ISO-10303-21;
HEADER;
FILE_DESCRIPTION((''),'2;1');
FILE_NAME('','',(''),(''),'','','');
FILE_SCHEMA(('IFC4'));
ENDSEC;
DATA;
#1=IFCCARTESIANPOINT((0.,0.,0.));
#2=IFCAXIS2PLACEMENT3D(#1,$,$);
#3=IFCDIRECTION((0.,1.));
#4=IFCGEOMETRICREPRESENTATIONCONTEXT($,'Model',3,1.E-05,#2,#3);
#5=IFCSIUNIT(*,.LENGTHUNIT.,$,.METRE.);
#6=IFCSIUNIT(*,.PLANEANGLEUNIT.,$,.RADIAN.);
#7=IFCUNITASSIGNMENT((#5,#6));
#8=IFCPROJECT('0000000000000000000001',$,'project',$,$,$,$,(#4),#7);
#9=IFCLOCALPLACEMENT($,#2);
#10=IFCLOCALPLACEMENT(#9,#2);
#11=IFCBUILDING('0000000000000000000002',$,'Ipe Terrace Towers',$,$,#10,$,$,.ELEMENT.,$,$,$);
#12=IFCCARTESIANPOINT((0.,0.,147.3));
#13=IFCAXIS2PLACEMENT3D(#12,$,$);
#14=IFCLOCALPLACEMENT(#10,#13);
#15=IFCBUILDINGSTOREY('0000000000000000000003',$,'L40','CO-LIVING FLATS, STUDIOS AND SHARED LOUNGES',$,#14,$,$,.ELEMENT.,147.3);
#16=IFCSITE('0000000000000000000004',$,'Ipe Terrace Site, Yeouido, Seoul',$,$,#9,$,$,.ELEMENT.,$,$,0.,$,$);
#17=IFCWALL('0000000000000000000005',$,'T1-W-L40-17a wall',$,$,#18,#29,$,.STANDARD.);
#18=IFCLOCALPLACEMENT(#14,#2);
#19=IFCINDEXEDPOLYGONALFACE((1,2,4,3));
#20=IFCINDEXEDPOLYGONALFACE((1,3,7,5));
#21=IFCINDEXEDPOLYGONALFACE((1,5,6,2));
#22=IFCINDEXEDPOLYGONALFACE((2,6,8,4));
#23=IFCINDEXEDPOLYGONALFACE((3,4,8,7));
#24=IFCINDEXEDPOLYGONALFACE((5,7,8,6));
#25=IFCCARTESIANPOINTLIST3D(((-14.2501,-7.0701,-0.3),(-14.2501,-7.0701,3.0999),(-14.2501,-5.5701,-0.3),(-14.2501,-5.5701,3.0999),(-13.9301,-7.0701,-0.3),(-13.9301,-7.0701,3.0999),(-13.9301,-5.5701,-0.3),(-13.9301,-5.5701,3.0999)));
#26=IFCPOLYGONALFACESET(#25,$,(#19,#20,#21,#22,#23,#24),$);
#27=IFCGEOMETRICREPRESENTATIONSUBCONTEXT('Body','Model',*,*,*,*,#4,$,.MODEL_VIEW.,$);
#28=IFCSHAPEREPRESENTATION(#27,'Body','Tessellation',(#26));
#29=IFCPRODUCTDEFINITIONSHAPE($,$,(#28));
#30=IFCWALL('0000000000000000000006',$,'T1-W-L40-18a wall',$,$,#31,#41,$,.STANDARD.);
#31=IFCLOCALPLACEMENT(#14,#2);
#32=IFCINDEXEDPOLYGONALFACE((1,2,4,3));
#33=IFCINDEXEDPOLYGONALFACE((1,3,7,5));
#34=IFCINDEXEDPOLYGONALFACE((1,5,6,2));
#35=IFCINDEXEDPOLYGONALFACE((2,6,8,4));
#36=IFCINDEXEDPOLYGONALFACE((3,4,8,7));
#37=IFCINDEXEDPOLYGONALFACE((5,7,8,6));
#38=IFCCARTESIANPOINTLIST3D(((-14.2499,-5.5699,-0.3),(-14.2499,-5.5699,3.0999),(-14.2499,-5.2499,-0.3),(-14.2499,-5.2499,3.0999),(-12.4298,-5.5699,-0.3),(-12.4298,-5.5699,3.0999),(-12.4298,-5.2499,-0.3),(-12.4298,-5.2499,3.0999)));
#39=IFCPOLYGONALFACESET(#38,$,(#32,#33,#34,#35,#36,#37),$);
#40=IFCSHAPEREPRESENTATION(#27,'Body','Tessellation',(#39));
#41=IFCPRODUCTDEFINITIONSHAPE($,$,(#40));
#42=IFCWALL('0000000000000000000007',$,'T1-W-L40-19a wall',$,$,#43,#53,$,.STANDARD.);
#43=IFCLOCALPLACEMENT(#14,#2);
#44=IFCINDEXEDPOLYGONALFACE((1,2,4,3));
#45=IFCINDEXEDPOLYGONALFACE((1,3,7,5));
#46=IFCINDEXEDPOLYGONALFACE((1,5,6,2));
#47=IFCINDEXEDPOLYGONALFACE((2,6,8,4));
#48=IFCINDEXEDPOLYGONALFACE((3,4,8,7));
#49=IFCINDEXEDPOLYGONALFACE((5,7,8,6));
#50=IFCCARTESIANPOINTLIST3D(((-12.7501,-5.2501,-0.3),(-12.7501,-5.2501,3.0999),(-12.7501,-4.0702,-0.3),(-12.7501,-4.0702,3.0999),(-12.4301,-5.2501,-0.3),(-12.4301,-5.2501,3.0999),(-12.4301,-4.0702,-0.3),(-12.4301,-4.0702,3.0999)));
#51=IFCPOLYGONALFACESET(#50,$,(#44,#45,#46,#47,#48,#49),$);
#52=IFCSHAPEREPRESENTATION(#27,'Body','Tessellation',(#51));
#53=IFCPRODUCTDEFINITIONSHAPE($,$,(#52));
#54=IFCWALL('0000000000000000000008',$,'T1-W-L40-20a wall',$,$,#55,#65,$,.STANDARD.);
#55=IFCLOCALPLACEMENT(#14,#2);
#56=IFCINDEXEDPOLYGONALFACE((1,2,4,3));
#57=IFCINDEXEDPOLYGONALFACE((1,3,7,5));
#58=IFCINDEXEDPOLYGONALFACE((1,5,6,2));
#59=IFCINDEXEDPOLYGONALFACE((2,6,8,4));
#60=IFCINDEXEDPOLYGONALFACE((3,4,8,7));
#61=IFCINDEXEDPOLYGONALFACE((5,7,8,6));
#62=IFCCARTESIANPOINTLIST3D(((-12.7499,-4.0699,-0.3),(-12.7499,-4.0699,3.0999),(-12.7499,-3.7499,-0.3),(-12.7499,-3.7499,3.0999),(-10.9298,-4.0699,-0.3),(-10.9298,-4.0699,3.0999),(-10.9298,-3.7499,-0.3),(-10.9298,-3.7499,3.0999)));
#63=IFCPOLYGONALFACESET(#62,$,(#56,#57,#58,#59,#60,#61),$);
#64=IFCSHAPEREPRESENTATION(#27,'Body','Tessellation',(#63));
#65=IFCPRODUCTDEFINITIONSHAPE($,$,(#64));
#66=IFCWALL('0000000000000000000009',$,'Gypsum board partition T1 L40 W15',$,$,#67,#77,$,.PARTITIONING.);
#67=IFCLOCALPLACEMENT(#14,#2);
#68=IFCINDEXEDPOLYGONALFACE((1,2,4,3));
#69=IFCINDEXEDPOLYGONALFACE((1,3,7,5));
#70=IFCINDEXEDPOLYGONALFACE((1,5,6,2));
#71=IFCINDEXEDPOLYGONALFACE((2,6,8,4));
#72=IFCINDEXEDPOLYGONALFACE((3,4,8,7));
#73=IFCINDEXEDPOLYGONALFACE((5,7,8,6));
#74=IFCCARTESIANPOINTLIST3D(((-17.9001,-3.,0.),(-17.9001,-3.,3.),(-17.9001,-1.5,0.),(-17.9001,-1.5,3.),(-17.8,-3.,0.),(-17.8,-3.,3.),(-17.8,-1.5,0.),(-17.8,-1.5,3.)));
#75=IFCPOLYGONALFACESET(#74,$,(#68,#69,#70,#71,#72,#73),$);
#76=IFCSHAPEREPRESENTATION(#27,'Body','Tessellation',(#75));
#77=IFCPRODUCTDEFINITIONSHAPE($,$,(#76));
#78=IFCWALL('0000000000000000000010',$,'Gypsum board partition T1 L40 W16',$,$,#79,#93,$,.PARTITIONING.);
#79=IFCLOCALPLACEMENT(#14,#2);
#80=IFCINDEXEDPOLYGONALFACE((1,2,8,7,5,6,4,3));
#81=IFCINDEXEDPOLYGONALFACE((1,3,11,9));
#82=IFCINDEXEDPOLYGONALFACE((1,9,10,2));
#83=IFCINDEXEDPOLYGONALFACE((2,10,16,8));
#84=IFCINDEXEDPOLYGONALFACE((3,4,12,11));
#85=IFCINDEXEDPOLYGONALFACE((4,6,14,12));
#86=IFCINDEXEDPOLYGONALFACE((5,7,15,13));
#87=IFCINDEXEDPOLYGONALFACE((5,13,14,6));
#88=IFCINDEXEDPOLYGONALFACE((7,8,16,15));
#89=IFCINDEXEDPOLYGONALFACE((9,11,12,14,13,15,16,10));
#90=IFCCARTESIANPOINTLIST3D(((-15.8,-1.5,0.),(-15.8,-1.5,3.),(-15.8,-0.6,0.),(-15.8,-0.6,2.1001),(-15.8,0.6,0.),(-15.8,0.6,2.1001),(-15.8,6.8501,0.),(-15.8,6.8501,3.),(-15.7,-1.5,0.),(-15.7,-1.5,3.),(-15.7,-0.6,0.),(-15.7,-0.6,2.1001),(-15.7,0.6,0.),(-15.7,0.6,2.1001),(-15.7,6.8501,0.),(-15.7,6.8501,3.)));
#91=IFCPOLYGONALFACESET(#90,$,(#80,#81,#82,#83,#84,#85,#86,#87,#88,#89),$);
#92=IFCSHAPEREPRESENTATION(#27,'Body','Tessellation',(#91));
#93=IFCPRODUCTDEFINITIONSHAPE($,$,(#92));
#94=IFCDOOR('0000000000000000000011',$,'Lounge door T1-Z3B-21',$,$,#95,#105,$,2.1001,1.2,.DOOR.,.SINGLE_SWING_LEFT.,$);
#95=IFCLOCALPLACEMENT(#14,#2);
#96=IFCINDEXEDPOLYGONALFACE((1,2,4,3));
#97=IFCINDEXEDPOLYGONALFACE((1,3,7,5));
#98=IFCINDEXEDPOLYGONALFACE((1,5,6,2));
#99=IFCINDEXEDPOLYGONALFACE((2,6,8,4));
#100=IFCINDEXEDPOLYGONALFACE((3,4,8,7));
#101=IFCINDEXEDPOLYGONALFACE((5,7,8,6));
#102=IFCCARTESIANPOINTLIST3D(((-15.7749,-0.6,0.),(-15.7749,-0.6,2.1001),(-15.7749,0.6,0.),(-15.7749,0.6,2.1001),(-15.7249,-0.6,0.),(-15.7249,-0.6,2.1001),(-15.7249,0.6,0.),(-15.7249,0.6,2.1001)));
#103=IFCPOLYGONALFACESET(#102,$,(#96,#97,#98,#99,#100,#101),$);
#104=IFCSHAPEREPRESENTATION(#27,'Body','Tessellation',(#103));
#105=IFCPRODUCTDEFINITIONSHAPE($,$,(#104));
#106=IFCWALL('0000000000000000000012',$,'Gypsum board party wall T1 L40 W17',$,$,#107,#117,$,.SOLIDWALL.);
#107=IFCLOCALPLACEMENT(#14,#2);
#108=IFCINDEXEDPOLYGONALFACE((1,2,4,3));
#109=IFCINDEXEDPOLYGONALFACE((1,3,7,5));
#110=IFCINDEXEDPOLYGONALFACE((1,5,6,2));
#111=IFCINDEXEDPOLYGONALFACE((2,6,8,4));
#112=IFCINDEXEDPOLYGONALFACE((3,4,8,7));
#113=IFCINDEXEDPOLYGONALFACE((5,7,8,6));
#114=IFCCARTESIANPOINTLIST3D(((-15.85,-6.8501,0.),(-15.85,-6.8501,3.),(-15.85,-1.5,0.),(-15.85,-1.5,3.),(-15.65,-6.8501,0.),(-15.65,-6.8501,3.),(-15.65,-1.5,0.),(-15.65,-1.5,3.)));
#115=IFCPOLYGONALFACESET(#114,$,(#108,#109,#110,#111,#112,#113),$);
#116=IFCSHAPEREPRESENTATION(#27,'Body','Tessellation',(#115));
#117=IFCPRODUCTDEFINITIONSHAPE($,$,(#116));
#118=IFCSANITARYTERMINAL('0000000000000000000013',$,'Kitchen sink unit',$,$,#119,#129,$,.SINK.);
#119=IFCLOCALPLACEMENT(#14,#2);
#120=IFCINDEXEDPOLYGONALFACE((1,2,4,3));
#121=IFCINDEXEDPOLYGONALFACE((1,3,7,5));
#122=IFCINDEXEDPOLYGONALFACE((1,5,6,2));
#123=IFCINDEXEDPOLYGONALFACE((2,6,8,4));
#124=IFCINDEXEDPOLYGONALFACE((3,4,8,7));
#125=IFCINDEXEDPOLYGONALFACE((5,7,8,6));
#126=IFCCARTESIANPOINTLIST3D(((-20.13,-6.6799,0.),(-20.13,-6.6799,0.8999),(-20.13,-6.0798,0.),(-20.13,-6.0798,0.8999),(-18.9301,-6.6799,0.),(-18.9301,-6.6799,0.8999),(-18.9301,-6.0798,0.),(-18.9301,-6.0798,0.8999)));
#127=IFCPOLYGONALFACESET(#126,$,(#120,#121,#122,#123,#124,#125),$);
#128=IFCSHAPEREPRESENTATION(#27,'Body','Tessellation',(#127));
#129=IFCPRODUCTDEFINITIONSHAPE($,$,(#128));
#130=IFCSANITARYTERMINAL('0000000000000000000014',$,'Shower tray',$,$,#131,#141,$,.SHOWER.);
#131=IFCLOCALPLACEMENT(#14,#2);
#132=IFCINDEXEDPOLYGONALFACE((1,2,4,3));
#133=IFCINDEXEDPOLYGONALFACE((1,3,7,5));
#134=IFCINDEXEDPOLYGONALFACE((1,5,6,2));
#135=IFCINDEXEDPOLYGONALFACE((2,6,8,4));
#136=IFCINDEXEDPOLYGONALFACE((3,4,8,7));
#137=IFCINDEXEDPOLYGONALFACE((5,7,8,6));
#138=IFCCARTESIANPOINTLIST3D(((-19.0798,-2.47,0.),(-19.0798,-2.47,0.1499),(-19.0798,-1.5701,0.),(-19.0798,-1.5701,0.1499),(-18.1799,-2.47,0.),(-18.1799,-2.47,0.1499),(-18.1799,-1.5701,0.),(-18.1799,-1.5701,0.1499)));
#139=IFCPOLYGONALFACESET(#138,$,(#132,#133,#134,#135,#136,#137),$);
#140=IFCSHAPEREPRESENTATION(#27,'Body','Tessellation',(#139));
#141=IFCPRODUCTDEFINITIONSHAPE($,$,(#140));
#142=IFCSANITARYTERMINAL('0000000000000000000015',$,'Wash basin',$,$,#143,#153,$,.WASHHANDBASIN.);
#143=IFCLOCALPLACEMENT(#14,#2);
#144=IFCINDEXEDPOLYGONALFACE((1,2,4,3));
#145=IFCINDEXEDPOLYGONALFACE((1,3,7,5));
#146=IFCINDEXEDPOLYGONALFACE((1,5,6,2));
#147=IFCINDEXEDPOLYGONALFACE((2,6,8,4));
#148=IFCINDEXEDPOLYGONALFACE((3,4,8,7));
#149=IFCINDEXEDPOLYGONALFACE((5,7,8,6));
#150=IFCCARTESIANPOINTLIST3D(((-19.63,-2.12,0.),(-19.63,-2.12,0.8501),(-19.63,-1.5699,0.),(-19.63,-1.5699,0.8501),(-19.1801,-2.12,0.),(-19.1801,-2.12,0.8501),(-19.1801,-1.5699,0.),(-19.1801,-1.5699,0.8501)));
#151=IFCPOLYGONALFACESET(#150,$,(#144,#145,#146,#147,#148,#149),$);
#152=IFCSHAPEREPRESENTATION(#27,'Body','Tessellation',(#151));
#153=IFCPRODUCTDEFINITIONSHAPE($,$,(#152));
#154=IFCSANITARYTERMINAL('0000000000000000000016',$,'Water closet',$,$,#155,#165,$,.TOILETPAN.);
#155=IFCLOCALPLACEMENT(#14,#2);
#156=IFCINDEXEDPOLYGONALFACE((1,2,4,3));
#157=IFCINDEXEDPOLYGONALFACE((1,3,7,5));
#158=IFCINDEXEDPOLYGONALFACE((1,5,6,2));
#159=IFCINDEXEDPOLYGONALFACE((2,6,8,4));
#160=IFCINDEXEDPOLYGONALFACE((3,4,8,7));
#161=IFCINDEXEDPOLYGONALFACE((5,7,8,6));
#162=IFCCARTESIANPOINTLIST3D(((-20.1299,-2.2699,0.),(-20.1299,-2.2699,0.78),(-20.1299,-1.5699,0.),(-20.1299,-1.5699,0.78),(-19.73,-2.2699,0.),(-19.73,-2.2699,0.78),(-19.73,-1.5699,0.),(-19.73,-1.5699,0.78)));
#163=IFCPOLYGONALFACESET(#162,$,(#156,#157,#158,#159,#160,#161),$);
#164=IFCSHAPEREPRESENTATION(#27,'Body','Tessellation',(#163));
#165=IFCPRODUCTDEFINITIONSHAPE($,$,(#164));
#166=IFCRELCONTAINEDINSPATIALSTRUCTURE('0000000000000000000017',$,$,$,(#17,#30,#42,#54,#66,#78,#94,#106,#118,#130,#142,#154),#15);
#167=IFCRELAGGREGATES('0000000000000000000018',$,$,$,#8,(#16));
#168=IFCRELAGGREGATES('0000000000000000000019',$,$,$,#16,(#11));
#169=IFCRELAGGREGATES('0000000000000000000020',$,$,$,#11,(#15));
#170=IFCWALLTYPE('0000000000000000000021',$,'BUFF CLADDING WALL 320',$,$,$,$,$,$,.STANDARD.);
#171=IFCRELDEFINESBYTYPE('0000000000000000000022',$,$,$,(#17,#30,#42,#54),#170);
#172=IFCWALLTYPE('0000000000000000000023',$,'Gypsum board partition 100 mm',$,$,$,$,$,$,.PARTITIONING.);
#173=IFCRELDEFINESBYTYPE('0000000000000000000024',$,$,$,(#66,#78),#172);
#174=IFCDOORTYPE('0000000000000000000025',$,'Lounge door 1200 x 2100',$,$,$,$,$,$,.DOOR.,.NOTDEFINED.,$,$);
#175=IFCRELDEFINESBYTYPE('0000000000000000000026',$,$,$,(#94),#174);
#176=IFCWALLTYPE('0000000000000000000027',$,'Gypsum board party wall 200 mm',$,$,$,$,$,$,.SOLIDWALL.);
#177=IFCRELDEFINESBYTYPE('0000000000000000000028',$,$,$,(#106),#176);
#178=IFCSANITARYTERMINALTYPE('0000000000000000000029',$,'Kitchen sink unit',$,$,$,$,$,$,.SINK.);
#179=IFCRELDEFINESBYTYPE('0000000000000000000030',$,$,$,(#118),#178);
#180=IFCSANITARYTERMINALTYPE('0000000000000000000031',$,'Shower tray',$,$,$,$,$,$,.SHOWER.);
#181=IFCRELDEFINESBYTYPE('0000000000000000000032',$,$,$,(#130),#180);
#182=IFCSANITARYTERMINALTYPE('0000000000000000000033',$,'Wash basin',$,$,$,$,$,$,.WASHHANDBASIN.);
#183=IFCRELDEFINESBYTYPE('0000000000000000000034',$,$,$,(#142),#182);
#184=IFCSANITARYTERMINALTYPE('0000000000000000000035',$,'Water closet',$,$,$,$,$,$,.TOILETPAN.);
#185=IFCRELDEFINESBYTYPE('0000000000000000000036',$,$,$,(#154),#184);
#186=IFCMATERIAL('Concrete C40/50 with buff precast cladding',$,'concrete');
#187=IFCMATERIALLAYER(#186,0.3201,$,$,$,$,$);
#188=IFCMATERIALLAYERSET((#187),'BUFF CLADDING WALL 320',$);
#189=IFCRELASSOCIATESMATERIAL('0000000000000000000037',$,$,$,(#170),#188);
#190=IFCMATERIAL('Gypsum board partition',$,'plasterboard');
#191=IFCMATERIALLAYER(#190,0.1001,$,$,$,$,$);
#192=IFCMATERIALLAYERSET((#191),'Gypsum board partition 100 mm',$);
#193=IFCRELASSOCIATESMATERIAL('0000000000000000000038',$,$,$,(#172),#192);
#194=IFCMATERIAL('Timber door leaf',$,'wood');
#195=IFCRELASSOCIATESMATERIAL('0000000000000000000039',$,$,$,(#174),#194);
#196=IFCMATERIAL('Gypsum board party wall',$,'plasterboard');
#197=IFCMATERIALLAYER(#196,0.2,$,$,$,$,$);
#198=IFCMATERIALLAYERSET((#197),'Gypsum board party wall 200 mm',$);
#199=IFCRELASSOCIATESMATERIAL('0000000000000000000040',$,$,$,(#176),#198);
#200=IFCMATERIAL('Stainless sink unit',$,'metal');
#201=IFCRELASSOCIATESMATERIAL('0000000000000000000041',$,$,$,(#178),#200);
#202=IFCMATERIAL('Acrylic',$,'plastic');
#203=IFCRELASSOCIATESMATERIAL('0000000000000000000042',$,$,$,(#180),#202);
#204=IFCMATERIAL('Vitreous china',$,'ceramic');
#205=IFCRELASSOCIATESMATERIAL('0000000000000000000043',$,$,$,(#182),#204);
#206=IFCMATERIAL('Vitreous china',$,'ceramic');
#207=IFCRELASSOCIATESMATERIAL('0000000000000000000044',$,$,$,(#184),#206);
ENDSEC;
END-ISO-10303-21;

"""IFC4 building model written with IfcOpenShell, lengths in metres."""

from ifc_helpers import new_model, si_unit, direction, frame, frame_2d, origin, origin_2d, place, context, subcontext, project, spatial, rectangle, extrude, material, layer, layer_set, type_object, element, fill, save


model = new_model("IFC4")

# Units and contexts
model_context = context("Model", 3, precision=1e-05, world=origin(), true_north=direction((0.0, 1.0)))
body_context = subcontext(model_context, "Body", "Model", "MODEL_VIEW")
ifc_project = project(units=[si_unit("LENGTHUNIT", "METRE"), si_unit("PLANEANGLEUNIT", "RADIAN")], contexts=[model_context])

# Site, building, storey
site_placement = place(None, origin())
site = spatial("IfcSite", under=ifc_project, at=site_placement, Name="Ipe Terrace Site, Yeouido, Seoul", CompositionType="ELEMENT", RefElevation=0.0)
building_placement = place(site_placement, origin())
building = spatial("IfcBuilding", under=site, at=building_placement, Name="Ipe Terrace Towers", CompositionType="ELEMENT")
storey_placement = place(building_placement, frame((0.0, 0.0, 147.3)))
storey = spatial("IfcBuildingStorey", under=building, at=storey_placement, Name="L40", Description="CO-LIVING FLATS, STUDIOS AND SHARED LOUNGES", CompositionType="ELEMENT", Elevation=147.3)

# Walls
ifc_material_1 = material(Name="Concrete C40/50 with buff precast cladding", Category="concrete")
ifc_layer_1 = layer(ifc_material_1, 0.3201)
ifc_layer_set_1 = layer_set([ifc_layer_1], Name="BUFF CLADDING WALL 320")
wall_type_1 = type_object("IfcWallType", Name="BUFF CLADDING WALL 320", PredefinedType="STANDARD", material=ifc_layer_set_1)
wall_1_placement = place(storey_placement, frame((-14.0901, -7.0701, -0.3), z_axis=(0.0, 0.0, 1.0), x_axis=(0.0, 1.0, 0.0)))
element("IfcWall", 1, at=wall_1_placement, inside=storey, type_object=wall_type_1, Name="T1-W-L40-17a wall", PredefinedType="STANDARD", context=body_context, shape_type="SweptSolid", body=[
    extrude(rectangle(XDim=1.5, YDim=0.3201, at=frame_2d((0.75, 0.0))), origin(), (0.0, 0.0, 1.0), 3.3999),
])
wall_2_placement = place(storey_placement, frame((-14.25, -5.4099, -0.3), z_axis=(0.0, 0.0, 1.0), x_axis=(1.0, 0.0, 0.0)))
element("IfcWall", 2, at=wall_2_placement, inside=storey, type_object=wall_type_1, Name="T1-W-L40-18a wall", PredefinedType="STANDARD", context=body_context, shape_type="SweptSolid", body=[
    extrude(rectangle(XDim=1.8201, YDim=0.3201, at=frame_2d((0.9102, 0.0))), origin(), (0.0, 0.0, 1.0), 3.3999),
])
wall_3_placement = place(storey_placement, frame((-12.5901, -5.25, -0.3), z_axis=(0.0, 0.0, 1.0), x_axis=(0.0, 1.0, 0.0)))
element("IfcWall", 3, at=wall_3_placement, inside=storey, type_object=wall_type_1, Name="T1-W-L40-19a wall", PredefinedType="STANDARD", context=body_context, shape_type="SweptSolid", body=[
    extrude(rectangle(XDim=1.1799, YDim=0.3201, at=frame_2d((0.5898, 0.0))), origin(), (0.0, 0.0, 1.0), 3.3999),
])
wall_4_placement = place(storey_placement, frame((-12.75, -3.9099, -0.3), z_axis=(0.0, 0.0, 1.0), x_axis=(1.0, 0.0, 0.0)))
element("IfcWall", 4, at=wall_4_placement, inside=storey, type_object=wall_type_1, Name="T1-W-L40-20a wall", PredefinedType="STANDARD", context=body_context, shape_type="SweptSolid", body=[
    extrude(rectangle(XDim=1.8201, YDim=0.3201, at=frame_2d((0.9102, 0.0))), origin(), (0.0, 0.0, 1.0), 3.3999),
])
ifc_material_2 = material(Name="Gypsum board partition", Category="plasterboard")
ifc_layer_2 = layer(ifc_material_2, 0.1001)
ifc_layer_set_2 = layer_set([ifc_layer_2], Name="Gypsum board partition 100 mm")
wall_type_2 = type_object("IfcWallType", Name="Gypsum board partition 100 mm", PredefinedType="PARTITIONING", material=ifc_layer_set_2)
wall_5_placement = place(storey_placement, frame((-17.8501, -3.0, 0.0), z_axis=(0.0, 0.0, 1.0), x_axis=(0.0, 1.0, 0.0)))
element("IfcWall", 5, at=wall_5_placement, inside=storey, type_object=wall_type_2, Name="Gypsum board partition T1 L40 W15", PredefinedType="PARTITIONING", context=body_context, shape_type="SweptSolid", body=[
    extrude(rectangle(XDim=1.5, YDim=0.1001, at=frame_2d((0.75, 0.0))), origin(), (0.0, 0.0, 1.0), 3.0),
])

# Wall, opening, door
wall_6_placement = place(storey_placement, frame((-15.75, -1.5, 0.0), z_axis=(0.0, 0.0, 1.0), x_axis=(0.0, 1.0, 0.0)))
wall_6 = element("IfcWall", 6, at=wall_6_placement, inside=storey, type_object=wall_type_2, Name="Gypsum board partition T1 L40 W16", PredefinedType="PARTITIONING", context=body_context, shape_type="SweptSolid", body=[
    extrude(rectangle(XDim=8.3501, YDim=0.1001, at=frame_2d((4.175, 0.0))), origin(), (0.0, 0.0, 1.0), 3.0),
])
opening_placement = place(wall_6_placement, frame((0.8999, 0.0, 0.0)))
opening = element("IfcOpeningElement", 7, at=opening_placement, cuts=wall_6, PredefinedType="OPENING", context=body_context, shape_type="SweptSolid", body=[
    extrude(rectangle(XDim=1.2, YDim=2.1001, at=frame_2d((0.6001, 1.05))), frame((0.0, 0.0601, 0.0), z_axis=(0.0, -1.0, 0.0), x_axis=(1.0, 0.0, 0.0)), (0.0, 0.0, 1.0), 0.1201),
])
ifc_material_3 = material(Name="Timber door leaf", Category="wood")
door_type = type_object("IfcDoorType", Name="Lounge door 1200 x 2100", OperationType="NOTDEFINED", PredefinedType="DOOR", material=ifc_material_3)
door_placement = place(opening_placement, origin())
door = element("IfcDoor", 8, at=door_placement, inside=storey, type_object=door_type, Name="Lounge door T1-Z3B-21", OperationType="SINGLE_SWING_LEFT", OverallHeight=2.1001, OverallWidth=1.2, PredefinedType="DOOR", context=body_context, shape_type="SweptSolid", body=[
    extrude(rectangle(XDim=1.2, YDim=2.1001, at=frame_2d((0.6001, 1.05))), frame((0.0, 0.0249, 0.0), z_axis=(0.0, -1.0, 0.0), x_axis=(1.0, 0.0, 0.0)), (0.0, 0.0, 1.0), 0.05),
])
fill(opening, door)

# Wall
ifc_material_4 = material(Name="Gypsum board party wall", Category="plasterboard")
ifc_layer_3 = layer(ifc_material_4, 0.2)
ifc_layer_set_3 = layer_set([ifc_layer_3], Name="Gypsum board party wall 200 mm")
wall_type_3 = type_object("IfcWallType", Name="Gypsum board party wall 200 mm", PredefinedType="SOLIDWALL", material=ifc_layer_set_3)
wall_7_placement = place(storey_placement, frame((-15.75, -6.8501, 0.0), z_axis=(0.0, 0.0, 1.0), x_axis=(0.0, 1.0, 0.0)))
element("IfcWall", 9, at=wall_7_placement, inside=storey, type_object=wall_type_3, Name="Gypsum board party wall T1 L40 W17", PredefinedType="SOLIDWALL", context=body_context, shape_type="SweptSolid", body=[
    extrude(rectangle(XDim=5.3501, YDim=0.2, at=frame_2d((2.675, 0.0))), origin(), (0.0, 0.0, 1.0), 3.0),
])

# Sanitary terminals
ifc_material_5 = material(Name="Stainless sink unit", Category="metal")
sanitary_terminal_type_1 = type_object("IfcSanitaryTerminalType", Name="Kitchen sink unit", PredefinedType="SINK", material=ifc_material_5)
sanitary_terminal_1_placement = place(storey_placement, frame((-19.53, -6.3799, 0.0), z_axis=(0.0, 0.0, 1.0), x_axis=(-1.0, 0.0, 0.0)))
element("IfcSanitaryTerminal", 10, at=sanitary_terminal_1_placement, inside=storey, type_object=sanitary_terminal_type_1, Name="Kitchen sink unit", PredefinedType="SINK", context=body_context, shape_type="SweptSolid", body=[
    extrude(rectangle(XDim=1.2, YDim=0.6001, at=origin_2d()), origin(), (0.0, 0.0, 1.0), 0.8999),
])
ifc_material_6 = material(Name="Acrylic", Category="plastic")
sanitary_terminal_type_2 = type_object("IfcSanitaryTerminalType", Name="Shower tray", PredefinedType="SHOWER", material=ifc_material_6)
sanitary_terminal_2_placement = place(storey_placement, frame((-18.6299, -2.02, 0.0), z_axis=(0.0, 0.0, 1.0), x_axis=(0.0, -1.0, 0.0)))
element("IfcSanitaryTerminal", 11, at=sanitary_terminal_2_placement, inside=storey, type_object=sanitary_terminal_type_2, Name="Shower tray", PredefinedType="SHOWER", context=body_context, shape_type="SweptSolid", body=[
    extrude(rectangle(XDim=0.8999, YDim=0.8999, at=origin_2d()), origin(), (0.0, 0.0, 1.0), 0.1499),
])
ifc_material_7 = material(Name="Vitreous china", Category="ceramic")
sanitary_terminal_type_3 = type_object("IfcSanitaryTerminalType", Name="Wash basin", PredefinedType="WASHHANDBASIN", material=ifc_material_7)
sanitary_terminal_3_placement = place(storey_placement, frame((-19.405, -1.845, 0.0), z_axis=(0.0, 0.0, 1.0), x_axis=(0.0, -1.0, 0.0)))
element("IfcSanitaryTerminal", 12, at=sanitary_terminal_3_placement, inside=storey, type_object=sanitary_terminal_type_3, Name="Wash basin", PredefinedType="WASHHANDBASIN", context=body_context, shape_type="SweptSolid", body=[
    extrude(rectangle(XDim=0.55, YDim=0.45, at=origin_2d()), origin(), (0.0, 0.0, 1.0), 0.8501),
])
ifc_material_8 = material(Name="Vitreous china", Category="ceramic")
sanitary_terminal_type_4 = type_object("IfcSanitaryTerminalType", Name="Water closet", PredefinedType="TOILETPAN", material=ifc_material_8)
sanitary_terminal_4_placement = place(storey_placement, frame((-19.9299, -1.9199, 0.0), z_axis=(0.0, 0.0, 1.0), x_axis=(0.0, -1.0, 0.0)))
element("IfcSanitaryTerminal", 13, at=sanitary_terminal_4_placement, inside=storey, type_object=sanitary_terminal_type_4, Name="Water closet", PredefinedType="TOILETPAN", context=body_context, shape_type="SweptSolid", body=[
    extrude(rectangle(XDim=0.7, YDim=0.3999, at=origin_2d()), origin(), (0.0, 0.0, 1.0), 0.78),
])

save(model, "model.ifc")
